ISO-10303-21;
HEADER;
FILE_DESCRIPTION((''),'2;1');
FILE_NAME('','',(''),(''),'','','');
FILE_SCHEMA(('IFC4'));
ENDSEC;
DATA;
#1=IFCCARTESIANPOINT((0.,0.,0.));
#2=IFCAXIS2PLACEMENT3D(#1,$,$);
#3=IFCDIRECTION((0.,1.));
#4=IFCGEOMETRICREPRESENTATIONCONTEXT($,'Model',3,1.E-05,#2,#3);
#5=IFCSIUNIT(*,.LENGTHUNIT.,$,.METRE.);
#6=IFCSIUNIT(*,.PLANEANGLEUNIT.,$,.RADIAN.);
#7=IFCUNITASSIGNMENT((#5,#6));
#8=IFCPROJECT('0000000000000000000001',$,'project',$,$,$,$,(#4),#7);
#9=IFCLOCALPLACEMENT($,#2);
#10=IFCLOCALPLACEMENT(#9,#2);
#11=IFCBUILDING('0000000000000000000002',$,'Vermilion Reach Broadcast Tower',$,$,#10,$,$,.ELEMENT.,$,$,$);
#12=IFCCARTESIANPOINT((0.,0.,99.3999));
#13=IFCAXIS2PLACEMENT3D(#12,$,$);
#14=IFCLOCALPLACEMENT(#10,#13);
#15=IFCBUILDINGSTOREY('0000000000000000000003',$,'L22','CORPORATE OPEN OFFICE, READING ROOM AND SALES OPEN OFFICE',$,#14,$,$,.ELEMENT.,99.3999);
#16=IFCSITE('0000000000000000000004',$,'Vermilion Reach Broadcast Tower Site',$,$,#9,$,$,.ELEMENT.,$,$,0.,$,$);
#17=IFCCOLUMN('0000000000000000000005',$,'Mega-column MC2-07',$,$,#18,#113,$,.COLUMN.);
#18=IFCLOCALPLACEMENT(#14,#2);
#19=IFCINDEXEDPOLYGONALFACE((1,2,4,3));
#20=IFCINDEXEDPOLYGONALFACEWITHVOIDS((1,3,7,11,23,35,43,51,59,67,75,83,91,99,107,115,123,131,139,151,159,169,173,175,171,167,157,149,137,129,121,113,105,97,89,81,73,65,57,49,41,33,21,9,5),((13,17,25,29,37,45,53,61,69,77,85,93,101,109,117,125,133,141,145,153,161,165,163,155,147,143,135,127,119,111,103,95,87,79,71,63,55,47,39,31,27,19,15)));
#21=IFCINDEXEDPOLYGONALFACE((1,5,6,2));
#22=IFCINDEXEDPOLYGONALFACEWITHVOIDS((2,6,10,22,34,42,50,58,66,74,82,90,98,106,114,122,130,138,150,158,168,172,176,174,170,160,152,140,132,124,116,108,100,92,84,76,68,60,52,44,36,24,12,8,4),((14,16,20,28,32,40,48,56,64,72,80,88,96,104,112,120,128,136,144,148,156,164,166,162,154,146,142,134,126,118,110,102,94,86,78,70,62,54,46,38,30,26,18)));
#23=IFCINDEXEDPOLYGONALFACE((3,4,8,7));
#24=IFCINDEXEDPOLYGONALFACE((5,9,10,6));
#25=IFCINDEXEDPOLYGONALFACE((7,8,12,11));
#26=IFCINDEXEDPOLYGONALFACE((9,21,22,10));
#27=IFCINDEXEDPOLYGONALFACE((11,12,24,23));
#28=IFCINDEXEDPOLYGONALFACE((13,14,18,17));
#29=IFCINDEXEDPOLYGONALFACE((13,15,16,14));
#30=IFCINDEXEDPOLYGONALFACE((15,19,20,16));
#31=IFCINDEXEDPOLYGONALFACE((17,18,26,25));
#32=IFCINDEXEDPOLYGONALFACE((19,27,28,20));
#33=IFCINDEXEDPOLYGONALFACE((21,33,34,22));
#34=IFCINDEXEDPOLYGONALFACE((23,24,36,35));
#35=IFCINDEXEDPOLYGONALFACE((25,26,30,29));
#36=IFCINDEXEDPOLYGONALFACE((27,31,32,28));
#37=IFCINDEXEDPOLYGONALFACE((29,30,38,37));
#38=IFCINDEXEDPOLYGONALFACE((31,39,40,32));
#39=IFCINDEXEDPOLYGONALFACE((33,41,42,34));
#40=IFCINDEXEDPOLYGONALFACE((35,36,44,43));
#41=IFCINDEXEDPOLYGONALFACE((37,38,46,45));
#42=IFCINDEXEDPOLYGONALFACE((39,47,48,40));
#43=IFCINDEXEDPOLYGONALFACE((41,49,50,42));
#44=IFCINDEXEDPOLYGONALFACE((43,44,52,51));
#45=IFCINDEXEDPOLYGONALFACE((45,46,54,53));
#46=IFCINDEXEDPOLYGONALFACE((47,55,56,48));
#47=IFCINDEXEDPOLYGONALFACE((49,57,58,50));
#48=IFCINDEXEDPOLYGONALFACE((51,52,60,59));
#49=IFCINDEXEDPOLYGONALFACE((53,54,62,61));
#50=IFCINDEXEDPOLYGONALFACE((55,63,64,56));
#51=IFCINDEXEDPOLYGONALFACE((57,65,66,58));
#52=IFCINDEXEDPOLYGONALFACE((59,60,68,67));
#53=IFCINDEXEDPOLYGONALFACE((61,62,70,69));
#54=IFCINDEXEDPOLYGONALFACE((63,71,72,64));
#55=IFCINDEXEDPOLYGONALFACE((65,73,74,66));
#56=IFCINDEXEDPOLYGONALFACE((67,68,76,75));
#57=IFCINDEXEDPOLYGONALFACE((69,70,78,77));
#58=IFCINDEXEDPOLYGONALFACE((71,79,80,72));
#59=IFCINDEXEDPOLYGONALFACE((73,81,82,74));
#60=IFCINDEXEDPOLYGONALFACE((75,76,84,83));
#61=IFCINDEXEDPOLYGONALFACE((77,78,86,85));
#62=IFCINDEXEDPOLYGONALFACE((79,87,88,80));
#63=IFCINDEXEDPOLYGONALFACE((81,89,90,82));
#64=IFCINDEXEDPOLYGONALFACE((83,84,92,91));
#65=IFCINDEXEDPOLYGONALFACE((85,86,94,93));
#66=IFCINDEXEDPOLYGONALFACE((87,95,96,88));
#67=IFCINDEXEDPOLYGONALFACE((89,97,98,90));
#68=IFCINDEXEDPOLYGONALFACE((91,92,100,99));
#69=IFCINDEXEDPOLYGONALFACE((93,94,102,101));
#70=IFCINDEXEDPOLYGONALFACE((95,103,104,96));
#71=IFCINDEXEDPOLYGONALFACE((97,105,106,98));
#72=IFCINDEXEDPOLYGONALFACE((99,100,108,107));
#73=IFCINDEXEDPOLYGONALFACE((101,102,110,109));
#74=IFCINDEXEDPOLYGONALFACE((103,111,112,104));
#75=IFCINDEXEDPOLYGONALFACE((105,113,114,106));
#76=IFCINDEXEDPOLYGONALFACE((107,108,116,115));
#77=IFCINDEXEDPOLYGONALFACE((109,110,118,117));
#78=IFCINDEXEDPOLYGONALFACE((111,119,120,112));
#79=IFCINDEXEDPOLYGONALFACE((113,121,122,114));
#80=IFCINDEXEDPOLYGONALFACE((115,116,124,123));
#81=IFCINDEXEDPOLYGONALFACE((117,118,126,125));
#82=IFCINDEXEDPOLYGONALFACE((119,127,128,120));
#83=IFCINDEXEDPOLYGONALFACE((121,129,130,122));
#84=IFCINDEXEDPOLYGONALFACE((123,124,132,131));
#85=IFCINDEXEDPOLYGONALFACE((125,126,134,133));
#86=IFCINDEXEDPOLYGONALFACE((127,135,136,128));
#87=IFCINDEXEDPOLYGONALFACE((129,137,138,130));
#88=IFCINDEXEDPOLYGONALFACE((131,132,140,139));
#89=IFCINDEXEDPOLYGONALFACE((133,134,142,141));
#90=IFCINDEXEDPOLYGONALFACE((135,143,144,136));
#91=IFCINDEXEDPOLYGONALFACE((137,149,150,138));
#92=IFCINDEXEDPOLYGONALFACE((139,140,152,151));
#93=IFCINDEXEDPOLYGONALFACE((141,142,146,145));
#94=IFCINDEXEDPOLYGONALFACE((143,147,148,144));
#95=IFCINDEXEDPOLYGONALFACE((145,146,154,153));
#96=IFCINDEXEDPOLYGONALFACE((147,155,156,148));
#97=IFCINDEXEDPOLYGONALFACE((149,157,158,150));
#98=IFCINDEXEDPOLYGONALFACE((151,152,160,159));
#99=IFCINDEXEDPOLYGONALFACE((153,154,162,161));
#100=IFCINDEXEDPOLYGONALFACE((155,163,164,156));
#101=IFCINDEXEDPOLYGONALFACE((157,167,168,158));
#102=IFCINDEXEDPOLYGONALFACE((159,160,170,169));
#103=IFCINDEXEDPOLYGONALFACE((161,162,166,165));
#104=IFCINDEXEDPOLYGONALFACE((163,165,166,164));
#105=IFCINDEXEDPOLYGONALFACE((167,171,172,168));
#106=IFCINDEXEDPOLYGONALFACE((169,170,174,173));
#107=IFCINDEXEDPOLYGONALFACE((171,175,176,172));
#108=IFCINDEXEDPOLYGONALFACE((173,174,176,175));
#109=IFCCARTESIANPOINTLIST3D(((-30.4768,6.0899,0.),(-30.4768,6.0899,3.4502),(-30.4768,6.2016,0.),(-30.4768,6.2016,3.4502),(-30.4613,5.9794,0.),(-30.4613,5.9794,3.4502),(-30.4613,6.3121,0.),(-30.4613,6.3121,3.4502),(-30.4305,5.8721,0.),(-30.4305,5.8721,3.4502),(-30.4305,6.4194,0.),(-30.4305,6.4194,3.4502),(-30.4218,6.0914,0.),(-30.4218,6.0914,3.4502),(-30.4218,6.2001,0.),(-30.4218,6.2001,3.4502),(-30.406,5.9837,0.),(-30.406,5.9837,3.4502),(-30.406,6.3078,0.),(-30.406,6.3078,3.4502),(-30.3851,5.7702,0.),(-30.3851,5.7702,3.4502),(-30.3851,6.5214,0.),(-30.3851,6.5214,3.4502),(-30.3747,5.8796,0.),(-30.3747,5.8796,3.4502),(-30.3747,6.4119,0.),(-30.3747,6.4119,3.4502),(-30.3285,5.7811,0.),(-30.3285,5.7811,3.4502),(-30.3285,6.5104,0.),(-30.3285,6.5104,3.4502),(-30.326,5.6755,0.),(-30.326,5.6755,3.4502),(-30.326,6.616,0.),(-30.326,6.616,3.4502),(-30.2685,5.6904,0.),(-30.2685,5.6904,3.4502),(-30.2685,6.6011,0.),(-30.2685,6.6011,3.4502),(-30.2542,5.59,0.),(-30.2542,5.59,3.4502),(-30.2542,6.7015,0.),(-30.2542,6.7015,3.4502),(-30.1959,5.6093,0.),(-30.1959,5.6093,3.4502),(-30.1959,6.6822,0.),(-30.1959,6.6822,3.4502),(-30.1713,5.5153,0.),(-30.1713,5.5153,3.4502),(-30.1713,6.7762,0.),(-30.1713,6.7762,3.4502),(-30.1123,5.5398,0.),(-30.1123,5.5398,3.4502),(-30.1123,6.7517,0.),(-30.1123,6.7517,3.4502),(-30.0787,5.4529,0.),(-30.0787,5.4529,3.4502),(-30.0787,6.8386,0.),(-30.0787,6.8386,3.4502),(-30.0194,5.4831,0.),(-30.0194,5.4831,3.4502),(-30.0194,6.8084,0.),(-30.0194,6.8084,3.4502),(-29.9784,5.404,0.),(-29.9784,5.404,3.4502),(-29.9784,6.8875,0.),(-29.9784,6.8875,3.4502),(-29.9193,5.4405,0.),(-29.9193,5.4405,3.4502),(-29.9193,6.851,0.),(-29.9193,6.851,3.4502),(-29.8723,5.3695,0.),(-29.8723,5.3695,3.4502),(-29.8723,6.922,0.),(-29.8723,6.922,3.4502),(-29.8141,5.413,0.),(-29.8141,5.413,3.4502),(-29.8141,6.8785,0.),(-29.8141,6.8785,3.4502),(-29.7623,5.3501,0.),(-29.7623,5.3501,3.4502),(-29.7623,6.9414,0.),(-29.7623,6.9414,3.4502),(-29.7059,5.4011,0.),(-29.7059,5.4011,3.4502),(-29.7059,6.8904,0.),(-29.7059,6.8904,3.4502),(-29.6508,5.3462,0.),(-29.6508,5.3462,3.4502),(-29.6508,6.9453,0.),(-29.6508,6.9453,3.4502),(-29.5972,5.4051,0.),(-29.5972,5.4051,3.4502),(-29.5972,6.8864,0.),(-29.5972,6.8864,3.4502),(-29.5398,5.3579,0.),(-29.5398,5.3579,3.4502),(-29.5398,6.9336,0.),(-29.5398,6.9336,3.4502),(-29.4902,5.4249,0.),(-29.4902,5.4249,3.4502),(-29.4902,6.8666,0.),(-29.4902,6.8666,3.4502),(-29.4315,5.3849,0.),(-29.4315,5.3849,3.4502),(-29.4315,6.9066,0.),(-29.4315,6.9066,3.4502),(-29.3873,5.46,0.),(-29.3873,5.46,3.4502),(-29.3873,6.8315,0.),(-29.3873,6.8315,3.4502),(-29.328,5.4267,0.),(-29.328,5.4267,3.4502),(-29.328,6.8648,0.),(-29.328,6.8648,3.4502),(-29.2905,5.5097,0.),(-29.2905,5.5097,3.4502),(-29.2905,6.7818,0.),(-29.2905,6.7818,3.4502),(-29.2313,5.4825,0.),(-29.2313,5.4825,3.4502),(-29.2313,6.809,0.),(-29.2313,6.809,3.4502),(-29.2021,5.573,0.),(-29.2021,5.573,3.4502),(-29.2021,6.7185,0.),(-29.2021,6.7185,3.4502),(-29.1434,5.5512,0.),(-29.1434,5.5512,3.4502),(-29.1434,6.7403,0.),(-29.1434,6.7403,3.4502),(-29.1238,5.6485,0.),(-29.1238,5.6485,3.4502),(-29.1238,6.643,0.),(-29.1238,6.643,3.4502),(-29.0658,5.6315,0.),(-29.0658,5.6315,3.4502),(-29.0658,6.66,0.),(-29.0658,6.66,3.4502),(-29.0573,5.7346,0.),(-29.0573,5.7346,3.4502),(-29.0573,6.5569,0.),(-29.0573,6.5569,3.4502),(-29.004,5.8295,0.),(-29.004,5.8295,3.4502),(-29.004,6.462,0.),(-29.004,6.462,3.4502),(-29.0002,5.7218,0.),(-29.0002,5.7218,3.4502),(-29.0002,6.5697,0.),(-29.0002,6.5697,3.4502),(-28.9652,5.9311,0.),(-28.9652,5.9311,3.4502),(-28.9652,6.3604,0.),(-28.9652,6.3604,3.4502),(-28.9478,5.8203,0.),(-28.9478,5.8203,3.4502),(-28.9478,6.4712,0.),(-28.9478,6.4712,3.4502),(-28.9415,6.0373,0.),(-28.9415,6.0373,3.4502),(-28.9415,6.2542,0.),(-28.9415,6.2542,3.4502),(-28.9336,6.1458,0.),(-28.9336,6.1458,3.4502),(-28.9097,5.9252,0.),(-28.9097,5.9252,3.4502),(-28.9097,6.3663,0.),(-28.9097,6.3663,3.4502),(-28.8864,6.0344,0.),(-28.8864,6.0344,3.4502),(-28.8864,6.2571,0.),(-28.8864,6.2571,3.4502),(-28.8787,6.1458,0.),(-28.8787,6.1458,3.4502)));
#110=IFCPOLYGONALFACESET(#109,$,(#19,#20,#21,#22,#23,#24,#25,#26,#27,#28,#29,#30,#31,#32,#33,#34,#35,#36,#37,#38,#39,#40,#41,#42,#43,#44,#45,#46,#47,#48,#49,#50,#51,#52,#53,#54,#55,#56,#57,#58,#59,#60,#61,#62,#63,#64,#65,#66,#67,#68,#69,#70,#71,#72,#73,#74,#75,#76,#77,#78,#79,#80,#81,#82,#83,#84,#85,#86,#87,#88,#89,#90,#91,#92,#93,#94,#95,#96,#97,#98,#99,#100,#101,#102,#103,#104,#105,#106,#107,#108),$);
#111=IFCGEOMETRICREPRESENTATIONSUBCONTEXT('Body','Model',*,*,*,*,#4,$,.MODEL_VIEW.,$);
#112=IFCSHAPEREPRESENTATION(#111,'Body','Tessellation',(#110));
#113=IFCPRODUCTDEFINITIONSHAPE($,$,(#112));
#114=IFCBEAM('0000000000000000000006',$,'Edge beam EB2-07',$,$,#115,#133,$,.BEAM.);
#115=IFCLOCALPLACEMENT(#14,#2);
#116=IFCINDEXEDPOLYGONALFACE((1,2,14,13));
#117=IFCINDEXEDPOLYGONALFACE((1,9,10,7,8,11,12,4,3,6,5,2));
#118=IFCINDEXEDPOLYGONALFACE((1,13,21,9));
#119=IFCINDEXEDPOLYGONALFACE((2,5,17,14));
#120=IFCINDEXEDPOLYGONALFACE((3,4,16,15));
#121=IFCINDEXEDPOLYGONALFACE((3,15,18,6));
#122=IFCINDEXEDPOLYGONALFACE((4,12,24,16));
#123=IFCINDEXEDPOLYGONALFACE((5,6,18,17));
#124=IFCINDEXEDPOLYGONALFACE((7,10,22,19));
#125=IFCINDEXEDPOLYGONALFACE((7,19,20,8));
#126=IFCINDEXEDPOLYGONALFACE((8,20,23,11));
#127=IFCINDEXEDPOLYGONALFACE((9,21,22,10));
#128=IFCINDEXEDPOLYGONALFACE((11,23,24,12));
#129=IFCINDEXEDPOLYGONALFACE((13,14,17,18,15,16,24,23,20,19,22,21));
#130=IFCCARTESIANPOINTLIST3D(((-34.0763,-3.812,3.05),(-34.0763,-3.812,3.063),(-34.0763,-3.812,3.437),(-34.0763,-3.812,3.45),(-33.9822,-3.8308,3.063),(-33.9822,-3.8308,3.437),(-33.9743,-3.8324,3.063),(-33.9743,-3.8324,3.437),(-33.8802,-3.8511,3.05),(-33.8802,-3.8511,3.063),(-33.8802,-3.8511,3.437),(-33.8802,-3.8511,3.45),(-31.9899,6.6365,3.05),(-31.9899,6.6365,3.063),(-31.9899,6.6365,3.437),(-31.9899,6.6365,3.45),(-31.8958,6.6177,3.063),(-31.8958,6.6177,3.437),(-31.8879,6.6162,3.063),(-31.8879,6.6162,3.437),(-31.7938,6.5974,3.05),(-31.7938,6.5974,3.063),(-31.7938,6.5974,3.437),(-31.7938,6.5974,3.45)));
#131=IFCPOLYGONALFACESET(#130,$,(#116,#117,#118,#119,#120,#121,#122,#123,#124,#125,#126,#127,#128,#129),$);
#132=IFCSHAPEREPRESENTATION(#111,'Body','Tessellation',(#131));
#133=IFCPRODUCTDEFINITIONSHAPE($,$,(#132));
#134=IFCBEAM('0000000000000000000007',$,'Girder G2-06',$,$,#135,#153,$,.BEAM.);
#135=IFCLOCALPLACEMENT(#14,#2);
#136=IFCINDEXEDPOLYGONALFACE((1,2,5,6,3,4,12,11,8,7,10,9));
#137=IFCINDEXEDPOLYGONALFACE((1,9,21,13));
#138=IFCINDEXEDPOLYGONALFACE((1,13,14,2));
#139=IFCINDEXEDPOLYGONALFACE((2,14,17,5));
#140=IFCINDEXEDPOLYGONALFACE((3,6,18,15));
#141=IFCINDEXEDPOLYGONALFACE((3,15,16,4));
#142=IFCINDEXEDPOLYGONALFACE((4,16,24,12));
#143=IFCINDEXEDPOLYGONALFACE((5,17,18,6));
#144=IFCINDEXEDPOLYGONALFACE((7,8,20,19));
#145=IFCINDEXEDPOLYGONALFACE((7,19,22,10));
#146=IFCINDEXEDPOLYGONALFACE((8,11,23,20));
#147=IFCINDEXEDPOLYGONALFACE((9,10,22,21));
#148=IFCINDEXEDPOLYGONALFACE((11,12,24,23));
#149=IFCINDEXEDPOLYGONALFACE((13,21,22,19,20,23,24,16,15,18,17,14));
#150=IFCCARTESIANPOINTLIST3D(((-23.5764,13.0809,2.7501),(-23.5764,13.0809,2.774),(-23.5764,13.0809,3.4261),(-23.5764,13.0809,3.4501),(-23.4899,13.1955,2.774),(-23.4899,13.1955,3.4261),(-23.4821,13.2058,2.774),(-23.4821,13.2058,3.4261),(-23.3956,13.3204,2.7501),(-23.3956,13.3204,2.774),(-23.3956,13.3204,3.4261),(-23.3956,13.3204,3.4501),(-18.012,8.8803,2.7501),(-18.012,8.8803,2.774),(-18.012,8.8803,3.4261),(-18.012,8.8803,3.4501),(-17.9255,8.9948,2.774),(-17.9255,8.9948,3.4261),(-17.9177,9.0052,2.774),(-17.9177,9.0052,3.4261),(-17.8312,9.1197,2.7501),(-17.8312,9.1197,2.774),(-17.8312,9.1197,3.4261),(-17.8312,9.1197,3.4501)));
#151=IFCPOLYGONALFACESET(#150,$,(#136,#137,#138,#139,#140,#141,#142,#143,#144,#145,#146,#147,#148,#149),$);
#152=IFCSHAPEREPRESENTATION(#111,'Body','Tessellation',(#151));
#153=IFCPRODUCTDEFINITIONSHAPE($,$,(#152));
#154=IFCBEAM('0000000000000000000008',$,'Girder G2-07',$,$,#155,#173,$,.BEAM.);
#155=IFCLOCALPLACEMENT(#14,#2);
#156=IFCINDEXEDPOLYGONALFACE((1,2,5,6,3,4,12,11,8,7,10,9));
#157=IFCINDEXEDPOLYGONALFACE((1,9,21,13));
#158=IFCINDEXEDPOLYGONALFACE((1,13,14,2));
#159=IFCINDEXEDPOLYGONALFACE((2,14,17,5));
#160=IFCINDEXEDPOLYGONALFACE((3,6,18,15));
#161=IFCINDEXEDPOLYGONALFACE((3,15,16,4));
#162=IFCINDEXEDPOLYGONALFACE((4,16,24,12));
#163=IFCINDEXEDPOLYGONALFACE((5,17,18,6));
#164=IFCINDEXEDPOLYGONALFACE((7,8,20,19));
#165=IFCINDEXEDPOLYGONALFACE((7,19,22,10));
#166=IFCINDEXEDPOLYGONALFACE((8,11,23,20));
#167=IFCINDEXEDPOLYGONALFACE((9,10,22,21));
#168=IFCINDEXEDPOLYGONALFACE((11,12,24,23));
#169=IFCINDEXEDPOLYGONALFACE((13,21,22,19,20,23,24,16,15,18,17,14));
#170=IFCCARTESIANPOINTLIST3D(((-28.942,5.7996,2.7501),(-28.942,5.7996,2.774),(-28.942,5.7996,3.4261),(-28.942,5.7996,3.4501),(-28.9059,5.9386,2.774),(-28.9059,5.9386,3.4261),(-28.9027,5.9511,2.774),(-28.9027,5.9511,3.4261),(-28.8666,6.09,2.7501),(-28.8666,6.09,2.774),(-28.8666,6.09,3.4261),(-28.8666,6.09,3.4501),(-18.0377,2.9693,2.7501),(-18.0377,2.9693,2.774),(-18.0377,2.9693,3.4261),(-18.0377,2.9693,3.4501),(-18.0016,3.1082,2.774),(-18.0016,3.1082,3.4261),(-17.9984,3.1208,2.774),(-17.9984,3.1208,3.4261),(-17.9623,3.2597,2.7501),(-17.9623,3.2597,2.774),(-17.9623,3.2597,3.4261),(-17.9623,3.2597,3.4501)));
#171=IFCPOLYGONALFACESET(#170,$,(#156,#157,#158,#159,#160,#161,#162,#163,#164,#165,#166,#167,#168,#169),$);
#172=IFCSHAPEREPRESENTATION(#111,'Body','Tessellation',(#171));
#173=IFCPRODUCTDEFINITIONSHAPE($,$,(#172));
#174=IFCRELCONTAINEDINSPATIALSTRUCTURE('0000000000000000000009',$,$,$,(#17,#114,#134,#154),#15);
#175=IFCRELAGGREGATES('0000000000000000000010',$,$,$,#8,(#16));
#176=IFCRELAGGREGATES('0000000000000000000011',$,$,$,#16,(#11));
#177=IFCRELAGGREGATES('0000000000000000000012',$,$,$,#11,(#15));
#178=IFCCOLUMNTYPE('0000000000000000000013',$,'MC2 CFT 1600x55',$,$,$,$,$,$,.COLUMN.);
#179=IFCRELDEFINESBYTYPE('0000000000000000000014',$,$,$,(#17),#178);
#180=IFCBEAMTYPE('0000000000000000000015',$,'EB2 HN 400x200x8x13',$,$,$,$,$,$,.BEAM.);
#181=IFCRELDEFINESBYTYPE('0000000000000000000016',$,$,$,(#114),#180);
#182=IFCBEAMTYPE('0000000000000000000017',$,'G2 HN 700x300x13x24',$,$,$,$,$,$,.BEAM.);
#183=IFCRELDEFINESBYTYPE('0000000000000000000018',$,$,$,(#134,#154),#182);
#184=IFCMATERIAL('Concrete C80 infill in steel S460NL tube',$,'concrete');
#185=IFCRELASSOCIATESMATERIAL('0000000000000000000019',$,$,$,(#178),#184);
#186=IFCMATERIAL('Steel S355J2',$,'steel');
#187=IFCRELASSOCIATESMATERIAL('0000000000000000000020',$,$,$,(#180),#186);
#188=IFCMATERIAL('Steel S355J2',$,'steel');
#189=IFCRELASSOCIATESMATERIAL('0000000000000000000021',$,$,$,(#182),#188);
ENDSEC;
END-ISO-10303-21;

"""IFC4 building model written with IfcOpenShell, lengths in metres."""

from ifc_helpers import new_model, si_unit, direction, frame, origin, origin_2d, place, context, subcontext, project, spatial, hollow_circle, i_section, extrude, material, material_profile, profile_set, type_object, element, save


model = new_model("IFC4")

# Units and contexts
model_context = context("Model", 3, precision=1e-05, world=origin(), true_north=direction((0.0, 1.0)))
body_context = subcontext(model_context, "Body", "Model", "MODEL_VIEW")
ifc_project = project(units=[si_unit("LENGTHUNIT", "METRE"), si_unit("PLANEANGLEUNIT", "RADIAN")], contexts=[model_context])

# Site, building, storey
site_placement = place(None, origin())
site = spatial("IfcSite", under=ifc_project, at=site_placement, Name="Vermilion Reach Broadcast Tower Site", CompositionType="ELEMENT", RefElevation=0.0)
building_placement = place(site_placement, origin())
building = spatial("IfcBuilding", under=site, at=building_placement, Name="Vermilion Reach Broadcast Tower", CompositionType="ELEMENT")
storey_placement = place(building_placement, frame((0.0, 0.0, 99.3999)))
storey = spatial("IfcBuildingStorey", under=building, at=storey_placement, Name="L22", Description="CORPORATE OPEN OFFICE, READING ROOM AND SALES OPEN OFFICE", CompositionType="ELEMENT", Elevation=99.3999)

# Column
ifc_material_1 = material(Name="Concrete C80 infill in steel S460NL tube", Category="concrete")
ifc_material_profile_1 = material_profile(ifc_material_1, hollow_circle(Radius=0.8, WallThickness=0.0549, at=origin_2d()), Name="Concrete C80 infill in steel S460NL tube CFT 1600x55")
ifc_profile_set_1 = profile_set([ifc_material_profile_1], Name="Concrete C80 infill in steel S460NL tube")
column_type = type_object("IfcColumnType", Name="MC2 CFT 1600x55", PredefinedType="COLUMN", material=ifc_profile_set_1)
column_placement = place(storey_placement, frame((-29.6787, 6.1458, 0.0), z_axis=(0.0, 0.0, 1.0), x_axis=(1.0, 0.0, 0.0)))
element("IfcColumn", 1, at=column_placement, inside=storey, type_object=column_type, Name="Mega-column MC2-07", PredefinedType="COLUMN", context=body_context, shape_type="SweptSolid", body=[
    extrude(hollow_circle(Radius=0.8, WallThickness=0.0549, at=origin_2d()), origin(), (0.0, 0.0, 1.0), 3.4502),
])

# Beams
ifc_material_2 = material(Name="Steel S355J2", Category="steel")
ifc_material_profile_2 = material_profile(ifc_material_2, i_section(OverallWidth=0.2, OverallDepth=0.3999, WebThickness=0.0081, FlangeThickness=0.0129, at=origin_2d()), Name="S355J2 HN 400x200x8x13")
ifc_profile_set_2 = profile_set([ifc_material_profile_2], Name="Steel S355J2")
beam_type_1 = type_object("IfcBeamType", Name="EB2 HN 400x200x8x13", PredefinedType="BEAM", material=ifc_profile_set_2)
beam_1_placement = place(storey_placement, frame((-31.8918, 6.6169, 3.25), z_axis=(-0.195821, -0.98064, 0.0), x_axis=(0.98064, -0.195821, 0.0)))
element("IfcBeam", 2, at=beam_1_placement, inside=storey, type_object=beam_type_1, Name="Edge beam EB2-07", PredefinedType="BEAM", context=body_context, shape_type="SweptSolid", body=[
    extrude(i_section(OverallWidth=0.2, OverallDepth=0.3999, WebThickness=0.0081, FlangeThickness=0.0129, at=origin_2d()), origin(), (0.0, 0.0, 1.0), 10.6548),
])
ifc_material_3 = material(Name="Steel S355J2", Category="steel")
ifc_material_profile_3 = material_profile(ifc_material_3, i_section(OverallWidth=0.3, OverallDepth=0.7, WebThickness=0.0129, FlangeThickness=0.0239, at=origin_2d()), Name="S355J2 HN 700x300x13x24")
ifc_profile_set_3 = profile_set([ifc_material_profile_3], Name="Steel S355J2")
beam_type_2 = type_object("IfcBeamType", Name="G2 HN 700x300x13x24", PredefinedType="BEAM", material=ifc_profile_set_3)
beam_2_placement = place(storey_placement, frame((-17.9216, 9.0, 3.1001), z_axis=(-0.798114, 0.602507, 0.0), x_axis=(-0.602507, -0.798114, 0.0)))
element("IfcBeam", 3, at=beam_2_placement, inside=storey, type_object=beam_type_2, Name="Girder G2-06", PredefinedType="BEAM", context=body_context, shape_type="SweptSolid", body=[
    extrude(i_section(OverallWidth=0.3, OverallDepth=0.7, WebThickness=0.0129, FlangeThickness=0.0239, at=origin_2d()), origin(), (0.0, 0.0, 1.0), 6.9719),
])
beam_3_placement = place(storey_placement, frame((-18.0, 3.1145, 3.1001), z_axis=(-0.967926, 0.251235, 0.0), x_axis=(-0.251235, -0.967926, 0.0)))
element("IfcBeam", 4, at=beam_3_placement, inside=storey, type_object=beam_type_2, Name="Girder G2-07", PredefinedType="BEAM", context=body_context, shape_type="SweptSolid", body=[
    extrude(i_section(OverallWidth=0.3, OverallDepth=0.7, WebThickness=0.0129, FlangeThickness=0.0239, at=origin_2d()), origin(), (0.0, 0.0, 1.0), 11.2656),
])

save(model, "model.ifc")
